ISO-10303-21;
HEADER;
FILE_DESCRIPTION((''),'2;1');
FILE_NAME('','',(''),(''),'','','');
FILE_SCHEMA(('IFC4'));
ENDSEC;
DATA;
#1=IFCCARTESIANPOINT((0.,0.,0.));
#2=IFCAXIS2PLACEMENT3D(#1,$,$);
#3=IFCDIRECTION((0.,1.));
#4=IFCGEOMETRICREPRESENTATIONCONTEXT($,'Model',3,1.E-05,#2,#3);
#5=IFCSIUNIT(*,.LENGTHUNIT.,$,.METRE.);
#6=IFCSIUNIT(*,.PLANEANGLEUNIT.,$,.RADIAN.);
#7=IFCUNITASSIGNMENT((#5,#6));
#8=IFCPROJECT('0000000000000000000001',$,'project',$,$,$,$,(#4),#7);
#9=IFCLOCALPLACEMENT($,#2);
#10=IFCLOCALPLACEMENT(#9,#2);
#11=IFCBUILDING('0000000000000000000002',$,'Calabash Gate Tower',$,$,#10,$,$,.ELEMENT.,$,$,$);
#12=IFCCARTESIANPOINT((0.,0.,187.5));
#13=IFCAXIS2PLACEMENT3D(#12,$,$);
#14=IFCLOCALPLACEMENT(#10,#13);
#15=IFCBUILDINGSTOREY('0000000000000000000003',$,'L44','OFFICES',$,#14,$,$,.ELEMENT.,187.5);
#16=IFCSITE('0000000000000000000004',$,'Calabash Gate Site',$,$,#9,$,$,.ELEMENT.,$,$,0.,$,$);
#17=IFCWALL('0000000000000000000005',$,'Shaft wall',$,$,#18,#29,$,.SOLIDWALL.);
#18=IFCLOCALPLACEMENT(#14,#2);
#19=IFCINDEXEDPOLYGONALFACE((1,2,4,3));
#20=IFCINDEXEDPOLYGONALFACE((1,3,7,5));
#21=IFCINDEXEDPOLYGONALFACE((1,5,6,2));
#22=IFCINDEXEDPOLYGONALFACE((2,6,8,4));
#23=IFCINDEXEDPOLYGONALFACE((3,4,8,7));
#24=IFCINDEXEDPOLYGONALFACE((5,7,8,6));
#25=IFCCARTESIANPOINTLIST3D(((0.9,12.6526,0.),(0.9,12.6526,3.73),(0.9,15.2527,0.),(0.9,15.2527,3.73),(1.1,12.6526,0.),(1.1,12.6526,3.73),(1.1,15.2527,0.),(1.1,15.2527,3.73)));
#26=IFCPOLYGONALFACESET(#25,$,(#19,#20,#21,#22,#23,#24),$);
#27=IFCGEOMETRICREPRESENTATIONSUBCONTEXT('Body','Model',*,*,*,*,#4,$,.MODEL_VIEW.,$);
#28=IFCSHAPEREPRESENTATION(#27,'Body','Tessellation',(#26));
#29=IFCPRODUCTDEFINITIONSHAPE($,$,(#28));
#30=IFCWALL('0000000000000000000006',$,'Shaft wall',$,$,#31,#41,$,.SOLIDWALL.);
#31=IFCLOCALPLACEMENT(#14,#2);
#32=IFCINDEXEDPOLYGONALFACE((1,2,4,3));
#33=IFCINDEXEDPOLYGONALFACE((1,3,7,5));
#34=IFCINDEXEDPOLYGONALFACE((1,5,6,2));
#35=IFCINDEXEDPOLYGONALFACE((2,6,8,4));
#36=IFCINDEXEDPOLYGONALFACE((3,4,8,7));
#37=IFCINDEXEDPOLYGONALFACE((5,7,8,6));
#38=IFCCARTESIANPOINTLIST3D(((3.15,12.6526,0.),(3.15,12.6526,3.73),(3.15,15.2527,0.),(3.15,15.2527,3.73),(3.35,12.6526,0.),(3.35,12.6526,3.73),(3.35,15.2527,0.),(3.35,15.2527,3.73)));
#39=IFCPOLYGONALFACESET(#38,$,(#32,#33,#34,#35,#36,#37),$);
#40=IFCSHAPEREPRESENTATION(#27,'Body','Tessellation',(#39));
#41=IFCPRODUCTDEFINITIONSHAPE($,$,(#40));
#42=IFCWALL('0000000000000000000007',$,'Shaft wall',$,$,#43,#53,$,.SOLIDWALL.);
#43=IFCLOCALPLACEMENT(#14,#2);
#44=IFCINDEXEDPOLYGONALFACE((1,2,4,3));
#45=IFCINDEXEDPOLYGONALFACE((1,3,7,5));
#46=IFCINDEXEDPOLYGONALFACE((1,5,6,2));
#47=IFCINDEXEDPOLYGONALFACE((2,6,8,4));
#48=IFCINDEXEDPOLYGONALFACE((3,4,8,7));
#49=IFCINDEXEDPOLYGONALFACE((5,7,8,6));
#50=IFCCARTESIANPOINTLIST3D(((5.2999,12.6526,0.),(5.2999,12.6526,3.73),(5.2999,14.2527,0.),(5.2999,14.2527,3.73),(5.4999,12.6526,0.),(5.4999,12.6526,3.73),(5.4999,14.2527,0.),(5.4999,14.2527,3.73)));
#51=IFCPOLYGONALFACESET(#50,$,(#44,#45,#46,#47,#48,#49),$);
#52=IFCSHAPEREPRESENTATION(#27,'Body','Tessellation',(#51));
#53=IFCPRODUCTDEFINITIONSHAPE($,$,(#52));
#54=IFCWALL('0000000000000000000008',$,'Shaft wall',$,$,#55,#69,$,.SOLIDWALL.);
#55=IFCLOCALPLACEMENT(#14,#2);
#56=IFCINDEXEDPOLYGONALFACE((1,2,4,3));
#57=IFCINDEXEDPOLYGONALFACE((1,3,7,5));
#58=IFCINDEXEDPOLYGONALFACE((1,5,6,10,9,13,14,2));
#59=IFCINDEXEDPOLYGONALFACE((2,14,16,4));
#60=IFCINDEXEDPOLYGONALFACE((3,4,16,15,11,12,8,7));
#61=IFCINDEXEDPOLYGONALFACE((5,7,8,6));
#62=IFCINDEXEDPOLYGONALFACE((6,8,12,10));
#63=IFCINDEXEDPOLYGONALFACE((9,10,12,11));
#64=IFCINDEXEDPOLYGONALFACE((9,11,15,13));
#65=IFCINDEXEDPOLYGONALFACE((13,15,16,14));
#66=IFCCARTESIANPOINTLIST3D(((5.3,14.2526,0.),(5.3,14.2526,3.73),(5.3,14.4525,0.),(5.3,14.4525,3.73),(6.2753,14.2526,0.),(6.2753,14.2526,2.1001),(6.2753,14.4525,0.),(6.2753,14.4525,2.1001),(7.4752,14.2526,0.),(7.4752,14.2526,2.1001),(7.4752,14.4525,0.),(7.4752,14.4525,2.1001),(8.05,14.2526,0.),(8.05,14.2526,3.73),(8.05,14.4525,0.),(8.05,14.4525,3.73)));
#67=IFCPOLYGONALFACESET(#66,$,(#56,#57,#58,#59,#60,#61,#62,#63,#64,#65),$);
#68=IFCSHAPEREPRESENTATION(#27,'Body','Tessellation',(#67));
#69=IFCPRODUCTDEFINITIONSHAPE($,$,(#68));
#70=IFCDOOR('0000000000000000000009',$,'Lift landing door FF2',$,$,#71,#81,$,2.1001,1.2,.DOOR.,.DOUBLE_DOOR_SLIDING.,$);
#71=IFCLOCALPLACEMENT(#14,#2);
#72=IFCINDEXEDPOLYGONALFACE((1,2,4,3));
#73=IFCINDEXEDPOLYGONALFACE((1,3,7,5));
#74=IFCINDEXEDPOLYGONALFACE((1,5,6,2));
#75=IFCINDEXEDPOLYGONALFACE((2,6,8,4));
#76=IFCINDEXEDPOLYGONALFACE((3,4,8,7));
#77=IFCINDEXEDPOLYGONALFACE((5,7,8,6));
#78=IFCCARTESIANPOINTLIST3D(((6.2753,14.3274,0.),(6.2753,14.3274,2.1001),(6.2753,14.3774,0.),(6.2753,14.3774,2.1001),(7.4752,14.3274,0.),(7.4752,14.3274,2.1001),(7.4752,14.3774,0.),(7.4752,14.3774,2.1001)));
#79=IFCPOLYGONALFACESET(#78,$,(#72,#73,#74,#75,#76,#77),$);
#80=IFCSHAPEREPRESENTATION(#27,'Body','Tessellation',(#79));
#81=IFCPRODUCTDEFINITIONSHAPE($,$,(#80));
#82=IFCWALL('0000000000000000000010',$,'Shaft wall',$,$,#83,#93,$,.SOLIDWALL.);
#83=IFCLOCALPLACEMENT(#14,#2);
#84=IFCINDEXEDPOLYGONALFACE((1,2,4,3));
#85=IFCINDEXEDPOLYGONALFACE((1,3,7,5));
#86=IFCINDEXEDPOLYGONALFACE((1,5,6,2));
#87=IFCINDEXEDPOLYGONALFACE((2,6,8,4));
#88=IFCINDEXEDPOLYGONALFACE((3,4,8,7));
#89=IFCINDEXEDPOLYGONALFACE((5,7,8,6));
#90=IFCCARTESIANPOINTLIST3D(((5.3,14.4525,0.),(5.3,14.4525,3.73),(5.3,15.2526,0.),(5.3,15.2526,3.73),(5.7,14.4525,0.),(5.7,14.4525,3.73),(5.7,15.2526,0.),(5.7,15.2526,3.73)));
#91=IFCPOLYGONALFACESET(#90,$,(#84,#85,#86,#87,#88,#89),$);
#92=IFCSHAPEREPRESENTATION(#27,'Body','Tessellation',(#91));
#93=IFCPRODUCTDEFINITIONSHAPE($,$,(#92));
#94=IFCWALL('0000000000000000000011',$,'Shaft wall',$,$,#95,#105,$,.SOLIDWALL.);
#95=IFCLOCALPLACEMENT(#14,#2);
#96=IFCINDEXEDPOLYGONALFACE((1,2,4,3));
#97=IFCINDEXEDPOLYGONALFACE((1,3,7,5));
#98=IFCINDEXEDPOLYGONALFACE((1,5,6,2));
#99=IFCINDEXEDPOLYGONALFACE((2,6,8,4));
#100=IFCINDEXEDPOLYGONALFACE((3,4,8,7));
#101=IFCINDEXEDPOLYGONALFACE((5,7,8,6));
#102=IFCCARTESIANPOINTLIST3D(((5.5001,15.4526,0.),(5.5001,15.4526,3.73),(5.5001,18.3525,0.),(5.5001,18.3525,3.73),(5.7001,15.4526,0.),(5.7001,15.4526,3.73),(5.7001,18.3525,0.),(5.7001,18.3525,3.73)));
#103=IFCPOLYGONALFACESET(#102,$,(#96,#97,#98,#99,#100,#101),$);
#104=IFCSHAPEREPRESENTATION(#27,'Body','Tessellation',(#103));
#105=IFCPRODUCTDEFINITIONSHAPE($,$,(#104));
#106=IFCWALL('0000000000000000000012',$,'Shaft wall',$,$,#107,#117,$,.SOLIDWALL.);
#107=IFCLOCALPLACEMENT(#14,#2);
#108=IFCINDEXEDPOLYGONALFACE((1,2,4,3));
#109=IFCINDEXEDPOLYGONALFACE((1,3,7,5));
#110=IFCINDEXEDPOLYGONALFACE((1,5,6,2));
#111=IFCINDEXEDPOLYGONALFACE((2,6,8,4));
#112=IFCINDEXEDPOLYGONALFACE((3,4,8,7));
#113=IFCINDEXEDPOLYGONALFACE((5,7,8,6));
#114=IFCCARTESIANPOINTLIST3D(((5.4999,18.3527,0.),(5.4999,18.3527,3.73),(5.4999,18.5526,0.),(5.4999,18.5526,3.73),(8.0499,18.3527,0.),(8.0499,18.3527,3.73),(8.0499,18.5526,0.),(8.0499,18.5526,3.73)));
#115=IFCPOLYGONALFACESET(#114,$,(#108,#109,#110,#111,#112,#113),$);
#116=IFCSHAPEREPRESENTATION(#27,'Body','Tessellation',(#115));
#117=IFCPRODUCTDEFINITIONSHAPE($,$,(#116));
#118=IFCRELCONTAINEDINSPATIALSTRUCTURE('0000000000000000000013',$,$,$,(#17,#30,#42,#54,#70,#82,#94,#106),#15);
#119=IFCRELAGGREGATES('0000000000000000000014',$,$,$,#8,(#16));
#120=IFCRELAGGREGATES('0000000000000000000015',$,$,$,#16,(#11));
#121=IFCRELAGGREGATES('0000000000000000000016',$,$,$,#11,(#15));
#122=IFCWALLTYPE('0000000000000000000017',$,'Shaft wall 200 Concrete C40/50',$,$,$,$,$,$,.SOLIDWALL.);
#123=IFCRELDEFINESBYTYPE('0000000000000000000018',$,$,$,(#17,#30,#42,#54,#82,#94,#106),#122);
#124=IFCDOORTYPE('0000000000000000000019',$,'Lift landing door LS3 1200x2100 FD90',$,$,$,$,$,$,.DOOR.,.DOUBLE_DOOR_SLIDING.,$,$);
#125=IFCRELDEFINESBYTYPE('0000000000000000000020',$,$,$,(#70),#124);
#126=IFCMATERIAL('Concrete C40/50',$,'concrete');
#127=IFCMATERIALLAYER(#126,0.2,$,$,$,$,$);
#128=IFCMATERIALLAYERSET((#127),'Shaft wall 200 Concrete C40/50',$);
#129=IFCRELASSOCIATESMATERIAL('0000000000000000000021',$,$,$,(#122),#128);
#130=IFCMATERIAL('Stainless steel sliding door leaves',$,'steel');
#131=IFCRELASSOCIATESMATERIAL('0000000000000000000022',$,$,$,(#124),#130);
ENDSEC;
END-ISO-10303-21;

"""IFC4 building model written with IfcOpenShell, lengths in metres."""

from ifc_helpers import new_model, si_unit, direction, frame, frame_2d, origin, place, context, subcontext, project, spatial, rectangle, extrude, material, layer, layer_set, type_object, element, fill, save


model = new_model("IFC4")

# Units and contexts
model_context = context("Model", 3, precision=1e-05, world=origin(), true_north=direction((0.0, 1.0)))
body_context = subcontext(model_context, "Body", "Model", "MODEL_VIEW")
ifc_project = project(units=[si_unit("LENGTHUNIT", "METRE"), si_unit("PLANEANGLEUNIT", "RADIAN")], contexts=[model_context])

# Site, building, storey
site_placement = place(None, origin())
site = spatial("IfcSite", under=ifc_project, at=site_placement, Name="Calabash Gate Site", CompositionType="ELEMENT", RefElevation=0.0)
building_placement = place(site_placement, origin())
building = spatial("IfcBuilding", under=site, at=building_placement, Name="Calabash Gate Tower", CompositionType="ELEMENT")
storey_placement = place(building_placement, frame((0.0, 0.0, 187.5)))
storey = spatial("IfcBuildingStorey", under=building, at=storey_placement, Name="L44", Description="OFFICES", CompositionType="ELEMENT", Elevation=187.5)

# Shared definitions
ifc_material_1 = material(Name="Concrete C40/50", Category="concrete")
ifc_layer_1 = layer(ifc_material_1, 0.2)
ifc_layer_set_1 = layer_set([ifc_layer_1], Name="Shaft wall 200 Concrete C40/50")
wall_type_1 = type_object("IfcWallType", Name="Shaft wall 200 Concrete C40/50", PredefinedType="SOLIDWALL", material=ifc_layer_set_1)

# Shared definitions
ifc_material_2 = material(Name="Stainless steel sliding door leaves", Category="steel")
door_type_1 = type_object("IfcDoorType", Name="Lift landing door LS3 1200x2100 FD90", OperationType="DOUBLE_DOOR_SLIDING", PredefinedType="DOOR", material=ifc_material_2)

# Walls
for number, where, z_axis, x_axis, name in (
    (1, (1.0, 12.6526, 0.0), (0.0, 0.0, 1.0), (0.0, 1.0, 0.0), "Shaft wall"),
    (2, (3.25, 12.6526, 0.0), (0.0, 0.0, 1.0), (0.0, 1.0, 0.0), "Shaft wall"),
):
    element("IfcWall", number, at=place(storey_placement, frame(where, z_axis=z_axis, x_axis=x_axis)), inside=storey, type_object=wall_type_1, Name=name, PredefinedType="SOLIDWALL", context=body_context, shape_type="SweptSolid", body=[
        extrude(rectangle(XDim=2.6001, YDim=0.2, at=frame_2d((1.3, 0.0))), origin(), (0.0, 0.0, 1.0), 3.73),
    ])
wall_1_placement = place(storey_placement, frame((5.3999, 12.6526, 0.0), z_axis=(0.0, 0.0, 1.0), x_axis=(0.0, 1.0, 0.0)))
element("IfcWall", 3, at=wall_1_placement, inside=storey, type_object=wall_type_1, Name="Shaft wall", PredefinedType="SOLIDWALL", context=body_context, shape_type="SweptSolid", body=[
    extrude(rectangle(XDim=1.6001, YDim=0.2, at=frame_2d((0.8, 0.0))), origin(), (0.0, 0.0, 1.0), 3.73),
])

# Wall, opening, door
wall_2_placement = place(storey_placement, frame((5.3, 14.3525, 0.0), z_axis=(0.0, 0.0, 1.0), x_axis=(1.0, 0.0, 0.0)))
wall_2 = element("IfcWall", 4, at=wall_2_placement, inside=storey, type_object=wall_type_1, Name="Shaft wall", PredefinedType="SOLIDWALL", context=body_context, shape_type="SweptSolid", body=[
    extrude(rectangle(XDim=2.75, YDim=0.2, at=frame_2d((1.375, 0.0))), origin(), (0.0, 0.0, 1.0), 3.73),
])
opening_1_placement = place(wall_2_placement, frame((0.9751, 0.0, 0.0)))
opening_1 = element("IfcOpeningElement", 5, at=opening_1_placement, cuts=wall_2, PredefinedType="OPENING", context=body_context, shape_type="SweptSolid", body=[
    extrude(rectangle(XDim=1.2, YDim=2.1001, at=frame_2d((0.6001, 1.05))), frame((0.0, 0.1099, 0.0), z_axis=(0.0, -1.0, 0.0), x_axis=(1.0, 0.0, 0.0)), (0.0, 0.0, 1.0), 0.22),
])
door_1_placement = place(opening_1_placement, origin())
door_1 = element("IfcDoor", 6, at=door_1_placement, inside=storey, type_object=door_type_1, Name="Lift landing door FF2", OperationType="DOUBLE_DOOR_SLIDING", OverallHeight=2.1001, OverallWidth=1.2, PredefinedType="DOOR", context=body_context, shape_type="SweptSolid", body=[
    extrude(rectangle(XDim=1.2, YDim=2.1001, at=frame_2d((0.6001, 1.05))), frame((0.0, 0.0249, 0.0), z_axis=(0.0, -1.0, 0.0), x_axis=(1.0, 0.0, 0.0)), (0.0, 0.0, 1.0), 0.05),
])
fill(opening_1, door_1)

# Walls
wall_3_placement = place(storey_placement, frame((5.5, 14.4526, 0.0), z_axis=(0.0, 0.0, 1.0), x_axis=(0.0, 1.0, 0.0)))
element("IfcWall", 7, at=wall_3_placement, inside=storey, type_object=wall_type_1, Name="Shaft wall", PredefinedType="SOLIDWALL", context=body_context, shape_type="SweptSolid", body=[
    extrude(rectangle(XDim=0.8, YDim=0.3999, at=frame_2d((0.3999, 0.0))), origin(), (0.0, 0.0, 1.0), 3.73),
])
wall_4_placement = place(storey_placement, frame((5.6001, 15.4526, 0.0), z_axis=(0.0, 0.0, 1.0), x_axis=(0.0, 1.0, 0.0)))
element("IfcWall", 8, at=wall_4_placement, inside=storey, type_object=wall_type_1, Name="Shaft wall", PredefinedType="SOLIDWALL", context=body_context, shape_type="SweptSolid", body=[
    extrude(rectangle(XDim=2.8999, YDim=0.2, at=frame_2d((1.45, 0.0))), origin(), (0.0, 0.0, 1.0), 3.73),
])
wall_5_placement = place(storey_placement, frame((5.5, 18.4526, 0.0), z_axis=(0.0, 0.0, 1.0), x_axis=(1.0, 0.0, 0.0)))
element("IfcWall", 9, at=wall_5_placement, inside=storey, type_object=wall_type_1, Name="Shaft wall", PredefinedType="SOLIDWALL", context=body_context, shape_type="SweptSolid", body=[
    extrude(rectangle(XDim=2.55, YDim=0.2, at=frame_2d((1.2749, 0.0))), origin(), (0.0, 0.0, 1.0), 3.73),
])

save(model, "model.ifc")
